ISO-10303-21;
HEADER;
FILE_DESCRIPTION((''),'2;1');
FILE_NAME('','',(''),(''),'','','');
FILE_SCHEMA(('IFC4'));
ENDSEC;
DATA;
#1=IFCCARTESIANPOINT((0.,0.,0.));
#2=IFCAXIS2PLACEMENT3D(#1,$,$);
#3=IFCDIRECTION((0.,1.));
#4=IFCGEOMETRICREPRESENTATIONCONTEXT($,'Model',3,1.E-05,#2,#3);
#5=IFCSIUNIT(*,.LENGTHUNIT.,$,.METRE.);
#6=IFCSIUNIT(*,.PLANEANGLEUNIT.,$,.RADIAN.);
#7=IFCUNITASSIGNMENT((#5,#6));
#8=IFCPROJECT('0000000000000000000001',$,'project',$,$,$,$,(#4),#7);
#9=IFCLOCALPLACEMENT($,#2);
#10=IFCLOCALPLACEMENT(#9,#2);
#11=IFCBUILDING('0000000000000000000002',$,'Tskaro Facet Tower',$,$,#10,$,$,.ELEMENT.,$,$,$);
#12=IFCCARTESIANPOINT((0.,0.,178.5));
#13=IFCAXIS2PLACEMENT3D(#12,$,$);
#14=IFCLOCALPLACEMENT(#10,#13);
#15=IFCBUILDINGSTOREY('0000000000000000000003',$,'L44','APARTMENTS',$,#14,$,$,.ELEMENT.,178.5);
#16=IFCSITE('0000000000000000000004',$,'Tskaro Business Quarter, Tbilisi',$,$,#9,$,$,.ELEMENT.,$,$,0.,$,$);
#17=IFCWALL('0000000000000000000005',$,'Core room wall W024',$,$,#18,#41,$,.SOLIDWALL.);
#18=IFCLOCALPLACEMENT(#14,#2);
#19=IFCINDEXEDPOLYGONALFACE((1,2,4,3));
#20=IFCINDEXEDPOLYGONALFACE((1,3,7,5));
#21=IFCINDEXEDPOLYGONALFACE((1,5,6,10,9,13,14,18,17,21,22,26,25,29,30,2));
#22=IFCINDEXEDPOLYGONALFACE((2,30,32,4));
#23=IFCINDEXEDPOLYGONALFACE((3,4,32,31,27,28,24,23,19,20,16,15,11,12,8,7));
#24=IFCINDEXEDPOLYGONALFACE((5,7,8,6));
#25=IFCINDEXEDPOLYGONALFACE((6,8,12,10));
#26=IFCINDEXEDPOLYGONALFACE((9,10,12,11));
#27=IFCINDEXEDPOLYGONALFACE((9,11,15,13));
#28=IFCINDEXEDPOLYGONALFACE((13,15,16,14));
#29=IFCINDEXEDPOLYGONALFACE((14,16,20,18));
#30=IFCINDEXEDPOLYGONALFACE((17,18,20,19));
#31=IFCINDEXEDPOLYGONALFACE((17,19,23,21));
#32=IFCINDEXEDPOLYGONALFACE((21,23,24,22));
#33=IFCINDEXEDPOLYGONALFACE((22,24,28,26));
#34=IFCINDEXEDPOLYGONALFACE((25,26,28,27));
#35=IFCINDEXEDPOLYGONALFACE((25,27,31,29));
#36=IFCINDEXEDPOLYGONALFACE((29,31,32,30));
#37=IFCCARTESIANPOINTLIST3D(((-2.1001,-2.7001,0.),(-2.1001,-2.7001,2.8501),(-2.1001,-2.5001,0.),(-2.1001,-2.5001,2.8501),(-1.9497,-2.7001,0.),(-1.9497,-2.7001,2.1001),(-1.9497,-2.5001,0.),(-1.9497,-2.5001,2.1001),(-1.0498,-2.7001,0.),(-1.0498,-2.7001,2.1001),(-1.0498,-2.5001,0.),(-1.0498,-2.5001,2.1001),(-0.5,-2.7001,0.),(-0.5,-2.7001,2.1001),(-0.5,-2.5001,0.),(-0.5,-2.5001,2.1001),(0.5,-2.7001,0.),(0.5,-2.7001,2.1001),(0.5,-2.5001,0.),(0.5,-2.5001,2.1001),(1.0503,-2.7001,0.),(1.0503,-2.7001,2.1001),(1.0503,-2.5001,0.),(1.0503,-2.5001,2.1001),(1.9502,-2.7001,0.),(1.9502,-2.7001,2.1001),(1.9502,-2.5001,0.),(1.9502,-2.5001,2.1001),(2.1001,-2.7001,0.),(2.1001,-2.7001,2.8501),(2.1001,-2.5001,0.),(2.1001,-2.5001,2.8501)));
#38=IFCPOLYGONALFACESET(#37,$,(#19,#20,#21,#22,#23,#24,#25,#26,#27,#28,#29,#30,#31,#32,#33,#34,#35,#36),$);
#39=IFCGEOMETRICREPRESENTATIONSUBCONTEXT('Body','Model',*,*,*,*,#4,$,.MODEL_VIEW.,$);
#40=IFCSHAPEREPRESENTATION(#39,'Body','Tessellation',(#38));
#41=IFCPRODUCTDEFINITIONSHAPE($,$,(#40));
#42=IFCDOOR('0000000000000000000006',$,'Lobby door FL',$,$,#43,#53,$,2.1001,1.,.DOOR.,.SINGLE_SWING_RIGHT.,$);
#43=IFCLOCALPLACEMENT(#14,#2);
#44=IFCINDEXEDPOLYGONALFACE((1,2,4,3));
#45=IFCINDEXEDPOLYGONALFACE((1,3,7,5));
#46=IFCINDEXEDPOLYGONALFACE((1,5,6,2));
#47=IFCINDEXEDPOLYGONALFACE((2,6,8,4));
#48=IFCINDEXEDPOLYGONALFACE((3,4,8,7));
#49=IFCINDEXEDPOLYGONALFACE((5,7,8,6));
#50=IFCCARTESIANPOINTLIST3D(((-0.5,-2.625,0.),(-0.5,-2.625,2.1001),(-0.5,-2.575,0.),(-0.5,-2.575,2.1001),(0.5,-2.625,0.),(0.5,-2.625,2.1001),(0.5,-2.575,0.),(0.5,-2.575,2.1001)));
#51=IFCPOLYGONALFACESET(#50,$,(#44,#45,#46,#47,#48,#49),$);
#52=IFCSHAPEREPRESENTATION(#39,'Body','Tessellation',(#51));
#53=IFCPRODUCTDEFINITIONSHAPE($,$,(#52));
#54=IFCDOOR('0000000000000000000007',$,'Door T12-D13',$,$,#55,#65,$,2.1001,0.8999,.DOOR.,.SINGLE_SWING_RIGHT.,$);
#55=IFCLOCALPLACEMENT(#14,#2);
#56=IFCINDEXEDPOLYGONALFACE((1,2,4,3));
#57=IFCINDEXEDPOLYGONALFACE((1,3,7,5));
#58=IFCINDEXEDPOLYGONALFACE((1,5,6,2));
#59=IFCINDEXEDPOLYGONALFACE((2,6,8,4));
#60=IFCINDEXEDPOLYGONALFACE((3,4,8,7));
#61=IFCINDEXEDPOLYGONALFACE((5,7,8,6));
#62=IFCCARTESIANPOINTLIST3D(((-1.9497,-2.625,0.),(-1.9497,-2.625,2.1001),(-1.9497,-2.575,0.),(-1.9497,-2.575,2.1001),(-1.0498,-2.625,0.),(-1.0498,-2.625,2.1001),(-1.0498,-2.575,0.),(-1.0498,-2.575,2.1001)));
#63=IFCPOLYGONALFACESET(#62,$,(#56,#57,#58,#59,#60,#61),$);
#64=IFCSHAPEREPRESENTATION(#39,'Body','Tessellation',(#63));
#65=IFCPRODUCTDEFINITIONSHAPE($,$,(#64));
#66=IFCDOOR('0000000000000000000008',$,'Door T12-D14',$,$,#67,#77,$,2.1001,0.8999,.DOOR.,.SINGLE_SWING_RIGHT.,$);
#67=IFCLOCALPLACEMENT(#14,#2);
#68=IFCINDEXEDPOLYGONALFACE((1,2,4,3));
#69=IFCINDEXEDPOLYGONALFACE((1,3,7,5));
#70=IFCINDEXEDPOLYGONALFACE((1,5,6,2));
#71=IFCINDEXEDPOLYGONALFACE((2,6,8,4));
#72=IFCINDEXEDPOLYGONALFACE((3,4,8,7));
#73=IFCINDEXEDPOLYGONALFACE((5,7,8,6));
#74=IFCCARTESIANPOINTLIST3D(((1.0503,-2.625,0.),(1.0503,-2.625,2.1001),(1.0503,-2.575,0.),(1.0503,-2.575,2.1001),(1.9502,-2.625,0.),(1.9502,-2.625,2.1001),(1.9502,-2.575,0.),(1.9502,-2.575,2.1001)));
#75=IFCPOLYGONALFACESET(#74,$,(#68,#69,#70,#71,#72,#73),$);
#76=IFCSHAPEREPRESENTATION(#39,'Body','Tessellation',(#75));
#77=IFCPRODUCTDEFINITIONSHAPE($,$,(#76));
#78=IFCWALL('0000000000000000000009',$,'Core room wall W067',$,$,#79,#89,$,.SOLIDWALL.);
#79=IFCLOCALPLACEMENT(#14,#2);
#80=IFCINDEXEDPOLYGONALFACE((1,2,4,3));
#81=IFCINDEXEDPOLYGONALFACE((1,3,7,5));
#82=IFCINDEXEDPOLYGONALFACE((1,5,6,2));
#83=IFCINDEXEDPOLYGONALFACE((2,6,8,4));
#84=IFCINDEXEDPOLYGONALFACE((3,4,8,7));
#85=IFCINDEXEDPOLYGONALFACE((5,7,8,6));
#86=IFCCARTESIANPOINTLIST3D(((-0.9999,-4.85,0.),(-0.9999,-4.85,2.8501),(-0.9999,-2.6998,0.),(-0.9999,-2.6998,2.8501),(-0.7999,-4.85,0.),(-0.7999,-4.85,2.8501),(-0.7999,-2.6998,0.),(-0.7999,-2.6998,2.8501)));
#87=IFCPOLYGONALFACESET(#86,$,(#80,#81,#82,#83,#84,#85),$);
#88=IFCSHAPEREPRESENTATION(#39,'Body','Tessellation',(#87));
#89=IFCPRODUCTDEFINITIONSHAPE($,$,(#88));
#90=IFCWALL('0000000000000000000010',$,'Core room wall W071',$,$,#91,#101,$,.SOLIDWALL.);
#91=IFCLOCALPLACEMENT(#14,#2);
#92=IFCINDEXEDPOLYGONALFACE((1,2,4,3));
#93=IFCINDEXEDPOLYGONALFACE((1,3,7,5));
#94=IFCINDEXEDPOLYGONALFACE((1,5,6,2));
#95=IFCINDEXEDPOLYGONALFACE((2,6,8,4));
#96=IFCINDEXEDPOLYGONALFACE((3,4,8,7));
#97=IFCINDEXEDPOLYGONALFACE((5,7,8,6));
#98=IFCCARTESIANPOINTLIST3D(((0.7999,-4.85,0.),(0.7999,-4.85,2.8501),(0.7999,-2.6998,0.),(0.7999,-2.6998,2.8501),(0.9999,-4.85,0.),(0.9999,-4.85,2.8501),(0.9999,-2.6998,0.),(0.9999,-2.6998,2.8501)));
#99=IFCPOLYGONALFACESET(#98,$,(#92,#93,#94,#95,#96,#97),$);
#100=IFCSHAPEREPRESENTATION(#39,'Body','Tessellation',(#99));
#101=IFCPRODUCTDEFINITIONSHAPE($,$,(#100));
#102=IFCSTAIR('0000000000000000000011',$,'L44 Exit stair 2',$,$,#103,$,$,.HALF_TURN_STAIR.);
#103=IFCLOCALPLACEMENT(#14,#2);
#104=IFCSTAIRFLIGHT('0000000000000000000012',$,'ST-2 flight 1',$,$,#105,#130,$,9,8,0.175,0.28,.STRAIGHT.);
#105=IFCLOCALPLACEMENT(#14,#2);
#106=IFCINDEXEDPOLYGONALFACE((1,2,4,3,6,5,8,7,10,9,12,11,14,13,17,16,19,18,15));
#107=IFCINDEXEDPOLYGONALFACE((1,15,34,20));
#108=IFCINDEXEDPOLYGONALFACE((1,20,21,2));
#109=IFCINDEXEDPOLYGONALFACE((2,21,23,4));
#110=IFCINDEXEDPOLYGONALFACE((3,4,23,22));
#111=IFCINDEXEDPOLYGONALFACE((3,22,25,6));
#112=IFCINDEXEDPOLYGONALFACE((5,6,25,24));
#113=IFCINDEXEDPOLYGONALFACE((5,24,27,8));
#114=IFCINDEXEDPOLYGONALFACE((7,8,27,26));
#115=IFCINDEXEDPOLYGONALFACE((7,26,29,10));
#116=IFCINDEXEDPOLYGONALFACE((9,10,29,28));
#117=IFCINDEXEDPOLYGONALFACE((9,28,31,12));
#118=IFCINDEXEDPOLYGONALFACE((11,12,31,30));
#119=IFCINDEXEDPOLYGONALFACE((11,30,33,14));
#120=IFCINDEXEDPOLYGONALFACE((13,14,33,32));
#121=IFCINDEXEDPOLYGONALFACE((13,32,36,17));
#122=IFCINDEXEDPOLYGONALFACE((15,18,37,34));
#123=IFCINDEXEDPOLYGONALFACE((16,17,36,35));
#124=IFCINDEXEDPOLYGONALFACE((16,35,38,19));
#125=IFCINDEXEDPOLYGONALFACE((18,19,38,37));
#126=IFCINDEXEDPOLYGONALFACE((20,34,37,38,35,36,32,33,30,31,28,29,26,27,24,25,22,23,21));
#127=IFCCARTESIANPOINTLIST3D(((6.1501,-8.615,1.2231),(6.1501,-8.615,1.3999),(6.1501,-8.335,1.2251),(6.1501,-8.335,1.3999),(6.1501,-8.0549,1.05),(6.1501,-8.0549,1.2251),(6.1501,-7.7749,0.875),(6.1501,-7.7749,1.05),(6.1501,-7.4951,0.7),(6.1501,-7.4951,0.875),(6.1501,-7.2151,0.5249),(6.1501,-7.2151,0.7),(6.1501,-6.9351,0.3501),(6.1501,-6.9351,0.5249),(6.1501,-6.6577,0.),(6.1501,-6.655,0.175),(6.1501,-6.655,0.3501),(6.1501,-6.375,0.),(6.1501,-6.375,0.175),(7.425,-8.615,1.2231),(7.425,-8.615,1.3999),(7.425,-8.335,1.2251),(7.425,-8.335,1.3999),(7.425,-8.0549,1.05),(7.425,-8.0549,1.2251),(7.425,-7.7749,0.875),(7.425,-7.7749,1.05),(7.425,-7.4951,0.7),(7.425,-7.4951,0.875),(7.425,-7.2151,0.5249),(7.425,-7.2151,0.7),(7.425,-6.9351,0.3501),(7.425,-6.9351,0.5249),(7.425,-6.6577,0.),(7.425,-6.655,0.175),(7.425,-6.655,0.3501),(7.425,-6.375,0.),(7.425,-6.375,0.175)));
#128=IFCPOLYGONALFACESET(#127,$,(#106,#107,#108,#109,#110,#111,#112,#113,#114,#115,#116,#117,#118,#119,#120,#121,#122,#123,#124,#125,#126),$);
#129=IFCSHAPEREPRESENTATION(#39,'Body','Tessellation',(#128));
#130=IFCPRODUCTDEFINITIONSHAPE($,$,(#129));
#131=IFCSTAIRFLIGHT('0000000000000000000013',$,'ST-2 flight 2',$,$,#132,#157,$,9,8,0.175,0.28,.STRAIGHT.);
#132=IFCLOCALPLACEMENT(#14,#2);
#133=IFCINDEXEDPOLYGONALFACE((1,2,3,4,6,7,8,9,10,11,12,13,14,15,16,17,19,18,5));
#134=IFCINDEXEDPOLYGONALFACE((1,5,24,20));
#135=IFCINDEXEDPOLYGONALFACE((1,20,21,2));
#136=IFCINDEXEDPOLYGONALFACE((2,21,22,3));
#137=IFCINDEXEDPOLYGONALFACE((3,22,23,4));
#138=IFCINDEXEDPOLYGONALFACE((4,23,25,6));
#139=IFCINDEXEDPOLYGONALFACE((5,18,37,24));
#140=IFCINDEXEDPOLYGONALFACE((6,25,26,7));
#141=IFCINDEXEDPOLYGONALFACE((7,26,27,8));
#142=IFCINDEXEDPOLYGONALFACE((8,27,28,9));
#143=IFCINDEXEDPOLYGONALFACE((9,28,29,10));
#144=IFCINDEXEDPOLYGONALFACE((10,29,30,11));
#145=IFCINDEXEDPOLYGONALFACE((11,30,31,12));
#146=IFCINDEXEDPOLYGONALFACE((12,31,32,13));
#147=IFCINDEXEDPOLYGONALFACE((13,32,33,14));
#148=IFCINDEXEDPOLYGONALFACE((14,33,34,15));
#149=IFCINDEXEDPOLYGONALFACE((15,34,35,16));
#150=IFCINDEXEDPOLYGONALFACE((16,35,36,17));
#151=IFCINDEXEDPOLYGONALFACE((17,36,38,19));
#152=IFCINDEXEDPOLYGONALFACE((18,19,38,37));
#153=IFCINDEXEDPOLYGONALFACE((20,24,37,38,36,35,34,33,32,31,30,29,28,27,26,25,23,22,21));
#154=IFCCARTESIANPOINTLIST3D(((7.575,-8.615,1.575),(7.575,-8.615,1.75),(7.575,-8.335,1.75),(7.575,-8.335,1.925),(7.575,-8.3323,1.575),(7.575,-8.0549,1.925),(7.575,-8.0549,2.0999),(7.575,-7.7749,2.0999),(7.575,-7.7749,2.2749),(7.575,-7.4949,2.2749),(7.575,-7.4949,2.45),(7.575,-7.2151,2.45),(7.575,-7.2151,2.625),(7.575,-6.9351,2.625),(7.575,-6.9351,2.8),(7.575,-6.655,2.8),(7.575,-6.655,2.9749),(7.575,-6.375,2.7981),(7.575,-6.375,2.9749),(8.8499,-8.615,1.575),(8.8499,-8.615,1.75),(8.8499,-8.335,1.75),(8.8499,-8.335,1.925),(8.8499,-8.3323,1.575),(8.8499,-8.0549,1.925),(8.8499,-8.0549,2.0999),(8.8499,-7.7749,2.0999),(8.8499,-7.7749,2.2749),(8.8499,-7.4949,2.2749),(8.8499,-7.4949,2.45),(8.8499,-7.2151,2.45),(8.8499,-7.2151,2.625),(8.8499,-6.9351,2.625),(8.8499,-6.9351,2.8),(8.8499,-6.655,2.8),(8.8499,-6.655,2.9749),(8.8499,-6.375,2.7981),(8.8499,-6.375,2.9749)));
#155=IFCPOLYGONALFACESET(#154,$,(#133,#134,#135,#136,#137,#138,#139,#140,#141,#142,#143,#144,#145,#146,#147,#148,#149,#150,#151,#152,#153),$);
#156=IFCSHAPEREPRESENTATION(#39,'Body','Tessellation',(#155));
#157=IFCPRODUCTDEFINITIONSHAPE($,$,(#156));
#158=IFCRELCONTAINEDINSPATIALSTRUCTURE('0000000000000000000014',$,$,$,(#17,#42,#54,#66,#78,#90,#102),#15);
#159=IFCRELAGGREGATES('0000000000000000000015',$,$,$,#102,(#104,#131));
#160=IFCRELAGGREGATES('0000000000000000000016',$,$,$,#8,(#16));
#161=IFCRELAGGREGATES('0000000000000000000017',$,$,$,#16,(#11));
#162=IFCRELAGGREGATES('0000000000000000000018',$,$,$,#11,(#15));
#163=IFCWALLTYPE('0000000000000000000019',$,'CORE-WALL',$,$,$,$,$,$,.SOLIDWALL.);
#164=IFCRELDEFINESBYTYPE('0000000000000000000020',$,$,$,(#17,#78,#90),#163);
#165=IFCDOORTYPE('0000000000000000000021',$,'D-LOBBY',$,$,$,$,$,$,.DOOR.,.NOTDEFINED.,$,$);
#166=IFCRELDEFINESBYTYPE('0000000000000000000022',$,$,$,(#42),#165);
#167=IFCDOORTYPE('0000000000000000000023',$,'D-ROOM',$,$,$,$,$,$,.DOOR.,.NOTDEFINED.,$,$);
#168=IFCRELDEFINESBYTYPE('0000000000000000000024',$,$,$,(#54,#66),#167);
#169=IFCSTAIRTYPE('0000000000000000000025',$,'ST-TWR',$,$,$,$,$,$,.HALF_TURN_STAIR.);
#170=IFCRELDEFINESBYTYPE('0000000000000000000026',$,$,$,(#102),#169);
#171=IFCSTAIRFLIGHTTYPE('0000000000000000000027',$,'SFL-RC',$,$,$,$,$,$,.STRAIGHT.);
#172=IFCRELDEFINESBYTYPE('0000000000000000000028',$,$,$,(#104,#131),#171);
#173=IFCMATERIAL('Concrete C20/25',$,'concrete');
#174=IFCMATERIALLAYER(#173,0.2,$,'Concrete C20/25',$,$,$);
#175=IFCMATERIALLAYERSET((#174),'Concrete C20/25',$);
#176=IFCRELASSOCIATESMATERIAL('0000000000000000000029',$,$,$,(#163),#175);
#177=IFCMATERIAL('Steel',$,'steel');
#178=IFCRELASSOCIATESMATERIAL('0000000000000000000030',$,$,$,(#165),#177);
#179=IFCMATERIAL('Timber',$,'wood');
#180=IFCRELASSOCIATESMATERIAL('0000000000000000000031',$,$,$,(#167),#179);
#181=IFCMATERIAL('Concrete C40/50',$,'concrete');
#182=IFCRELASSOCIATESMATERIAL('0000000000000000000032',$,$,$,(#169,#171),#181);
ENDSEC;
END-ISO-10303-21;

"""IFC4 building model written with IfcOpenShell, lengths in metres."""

from ifc_helpers import new_model, si_unit, direction, frame, frame_2d, origin, place, context, subcontext, project, spatial, polyline, rectangle, outline, extrude, material, layer, layer_set, type_object, element, fill, aggregate, save


model = new_model("IFC4")

# Units and contexts
model_context = context("Model", 3, precision=1e-05, world=origin(), true_north=direction((0.0, 1.0)))
body_context = subcontext(model_context, "Body", "Model", "MODEL_VIEW")
ifc_project = project(units=[si_unit("LENGTHUNIT", "METRE"), si_unit("PLANEANGLEUNIT", "RADIAN")], contexts=[model_context])

# Site, building, storey
site_placement = place(None, origin())
site = spatial("IfcSite", under=ifc_project, at=site_placement, Name="Tskaro Business Quarter, Tbilisi", CompositionType="ELEMENT", RefElevation=0.0)
building_placement = place(site_placement, origin())
building = spatial("IfcBuilding", under=site, at=building_placement, Name="Tskaro Facet Tower", CompositionType="ELEMENT")
storey_placement = place(building_placement, frame((0.0, 0.0, 178.5)))
storey = spatial("IfcBuildingStorey", under=building, at=storey_placement, Name="L44", Description="APARTMENTS", CompositionType="ELEMENT", Elevation=178.5)

# Shared definitions
ifc_material_1 = material(Name="Steel", Category="steel")

# Shared definitions
ifc_material_2 = material(Name="Concrete C20/25", Category="concrete")
ifc_layer_1 = layer(ifc_material_2, 0.2, Name="Concrete C20/25")
ifc_layer_set_1 = layer_set([ifc_layer_1], Name="Concrete C20/25")
wall_type_1 = type_object("IfcWallType", Name="CORE-WALL", PredefinedType="SOLIDWALL", material=ifc_layer_set_1)

# Wall, openings, doors
wall_1_placement = place(storey_placement, frame((2.1001, -2.6001, 0.0), z_axis=(0.0, 0.0, 1.0), x_axis=(-1.0, 0.0, 0.0)))
wall_1 = element("IfcWall", 1, at=wall_1_placement, inside=storey, type_object=wall_type_1, Name="Core room wall W024", PredefinedType="SOLIDWALL", context=body_context, shape_type="SweptSolid", body=[
    extrude(rectangle(XDim=4.2002, YDim=0.2, at=frame_2d((2.1001, 0.0))), origin(), (0.0, 0.0, 1.0), 2.8501),
])
opening_1_placement = place(wall_1_placement, frame((1.6001, 0.0, 0.0)))
opening_1 = element("IfcOpeningElement", 2, at=opening_1_placement, cuts=wall_1, PredefinedType="OPENING", context=body_context, shape_type="SweptSolid", body=[
    extrude(rectangle(XDim=1.0, YDim=2.1001, at=frame_2d((0.5, 1.05))), frame((0.0, 0.1099, 0.0), z_axis=(0.0, -1.0, 0.0), x_axis=(1.0, 0.0, 0.0)), (0.0, 0.0, 1.0), 0.22),
])
opening_2_placement = place(wall_1_placement, frame((3.1499, 0.0, 0.0)))
opening_2 = element("IfcOpeningElement", 3, at=opening_2_placement, cuts=wall_1, PredefinedType="OPENING", context=body_context, shape_type="SweptSolid", body=[
    extrude(rectangle(XDim=0.8999, YDim=2.1001, at=frame_2d((0.45, 1.05))), frame((0.0, 0.1099, 0.0), z_axis=(0.0, -1.0, 0.0), x_axis=(1.0, 0.0, 0.0)), (0.0, 0.0, 1.0), 0.22),
])
opening_3_placement = place(wall_1_placement, frame((0.1499, 0.0, 0.0)))
opening_3 = element("IfcOpeningElement", 4, at=opening_3_placement, cuts=wall_1, PredefinedType="OPENING", context=body_context, shape_type="SweptSolid", body=[
    extrude(rectangle(XDim=0.8999, YDim=2.1001, at=frame_2d((0.45, 1.05))), frame((0.0, 0.1099, 0.0), z_axis=(0.0, -1.0, 0.0), x_axis=(1.0, 0.0, 0.0)), (0.0, 0.0, 1.0), 0.22),
])
door_type_1 = type_object("IfcDoorType", Name="D-LOBBY", OperationType="NOTDEFINED", PredefinedType="DOOR", material=ifc_material_1)
door_1_placement = place(opening_1_placement, origin())
door_1 = element("IfcDoor", 5, at=door_1_placement, inside=storey, type_object=door_type_1, Name="Lobby door FL", OperationType="SINGLE_SWING_RIGHT", OverallHeight=2.1001, OverallWidth=1.0, PredefinedType="DOOR", context=body_context, shape_type="SweptSolid", body=[
    extrude(rectangle(XDim=1.0, YDim=2.1001, at=frame_2d((0.5, 1.05))), frame((0.0, 0.0249, 0.0), z_axis=(0.0, -1.0, 0.0), x_axis=(1.0, 0.0, 0.0)), (0.0, 0.0, 1.0), 0.05),
])
fill(opening_1, door_1)
ifc_material_3 = material(Name="Timber", Category="wood")
door_type_2 = type_object("IfcDoorType", Name="D-ROOM", OperationType="NOTDEFINED", PredefinedType="DOOR", material=ifc_material_3)
door_2_placement = place(opening_2_placement, origin())
door_2 = element("IfcDoor", 6, at=door_2_placement, inside=storey, type_object=door_type_2, Name="Door T12-D13", OperationType="SINGLE_SWING_RIGHT", OverallHeight=2.1001, OverallWidth=0.8999, PredefinedType="DOOR", context=body_context, shape_type="SweptSolid", body=[
    extrude(rectangle(XDim=0.8999, YDim=2.1001, at=frame_2d((0.45, 1.05))), frame((0.0, 0.0249, 0.0), z_axis=(0.0, -1.0, 0.0), x_axis=(1.0, 0.0, 0.0)), (0.0, 0.0, 1.0), 0.05),
])
fill(opening_2, door_2)
door_3_placement = place(opening_3_placement, origin())
door_3 = element("IfcDoor", 7, at=door_3_placement, inside=storey, type_object=door_type_2, Name="Door T12-D14", OperationType="SINGLE_SWING_RIGHT", OverallHeight=2.1001, OverallWidth=0.8999, PredefinedType="DOOR", context=body_context, shape_type="SweptSolid", body=[
    extrude(rectangle(XDim=0.8999, YDim=2.1001, at=frame_2d((0.45, 1.05))), frame((0.0, 0.0249, 0.0), z_axis=(0.0, -1.0, 0.0), x_axis=(1.0, 0.0, 0.0)), (0.0, 0.0, 1.0), 0.05),
])
fill(opening_3, door_3)

# Walls
for number, where, z_axis, x_axis, name in (
    (8, (-0.8999, -4.8501, 0.0), (0.0, 0.0, 1.0), (0.0, 1.0, 0.0), "Core room wall W067"),
    (9, (0.8999, -4.8501, 0.0), (0.0, 0.0, 1.0), (0.0, 1.0, 0.0), "Core room wall W071"),
):
    element("IfcWall", number, at=place(storey_placement, frame(where, z_axis=z_axis, x_axis=x_axis)), inside=storey, type_object=wall_type_1, Name=name, PredefinedType="SOLIDWALL", context=body_context, shape_type="SweptSolid", body=[
        extrude(rectangle(XDim=2.1501, YDim=0.2, at=frame_2d((1.0752, 0.0))), origin(), (0.0, 0.0, 1.0), 2.8501),
    ])

# Stair, stair flights
ifc_material_4 = material(Name="Concrete C40/50", Category="concrete")
stair_type = type_object("IfcStairType", Name="ST-TWR", PredefinedType="HALF_TURN_STAIR", material=ifc_material_4)
stair_placement = place(storey_placement, origin())
stair = element("IfcStair", 10, at=stair_placement, inside=storey, type_object=stair_type, Name="L44 Exit stair 2", PredefinedType="HALF_TURN_STAIR")
stair_flight_type = type_object("IfcStairFlightType", Name="SFL-RC", PredefinedType="STRAIGHT", material=ifc_material_4)
stair_flight_1_placement = place(storey_placement, frame((6.7876, -6.375, 0.0), z_axis=(0.0, 0.0, 1.0), x_axis=(0.0, -1.0, 0.0)))
stair_flight_1 = element("IfcStairFlight", 11, at=stair_flight_1_placement, type_object=stair_flight_type, Name="ST-2 flight 1", NumberOfRisers=9, NumberOfTreads=8, PredefinedType="STRAIGHT", RiserHeight=0.175, TreadLength=0.28, context=body_context, shape_type="SweptSolid", body=[
    extrude(outline(polyline([(0.0, 0.0), (0.0, 0.175), (0.28, 0.175), (0.28, 0.3501), (0.5601, 0.3501), (0.5601, 0.5249), (0.8401, 0.5249), (0.8401, 0.7), (1.1201, 0.7), (1.1201, 0.875), (1.3999, 0.875), (1.3999, 1.05), (1.6799, 1.05), (1.6799, 1.2251), (1.96, 1.2251), (1.96, 1.3999), (2.24, 1.3999), (2.24, 1.575), (2.24, 1.2231), (0.2827, 0.0), (0.0, 0.0)])), frame((0.0, 0.6375, 0.0), z_axis=(0.0, -1.0, 0.0), x_axis=(1.0, 0.0, 0.0)), (0.0, 0.0, 1.0), 1.2749),
])
stair_flight_2_placement = place(storey_placement, frame((8.2124, -8.615, 1.575), z_axis=(0.0, 0.0, 1.0), x_axis=(0.0, 1.0, 0.0)))
stair_flight_2 = element("IfcStairFlight", 12, at=stair_flight_2_placement, type_object=stair_flight_type, Name="ST-2 flight 2", NumberOfRisers=9, NumberOfTreads=8, PredefinedType="STRAIGHT", RiserHeight=0.175, TreadLength=0.28, context=body_context, shape_type="SweptSolid", body=[
    extrude(outline(polyline([(0.0, 0.0), (0.0, 0.175), (0.28, 0.175), (0.28, 0.3501), (0.5601, 0.3501), (0.5601, 0.5249), (0.8401, 0.5249), (0.8401, 0.7), (1.1201, 0.7), (1.1201, 0.875), (1.3999, 0.875), (1.3999, 1.05), (1.6799, 1.05), (1.6799, 1.2251), (1.96, 1.2251), (1.96, 1.3999), (2.24, 1.3999), (2.24, 1.575), (2.24, 1.2231), (0.2827, 0.0), (0.0, 0.0)])), frame((0.0, 0.6375, 0.0), z_axis=(0.0, -1.0, 0.0), x_axis=(1.0, 0.0, 0.0)), (0.0, 0.0, 1.0), 1.2749),
])
aggregate(stair, [stair_flight_1, stair_flight_2])

save(model, "model.ifc")
